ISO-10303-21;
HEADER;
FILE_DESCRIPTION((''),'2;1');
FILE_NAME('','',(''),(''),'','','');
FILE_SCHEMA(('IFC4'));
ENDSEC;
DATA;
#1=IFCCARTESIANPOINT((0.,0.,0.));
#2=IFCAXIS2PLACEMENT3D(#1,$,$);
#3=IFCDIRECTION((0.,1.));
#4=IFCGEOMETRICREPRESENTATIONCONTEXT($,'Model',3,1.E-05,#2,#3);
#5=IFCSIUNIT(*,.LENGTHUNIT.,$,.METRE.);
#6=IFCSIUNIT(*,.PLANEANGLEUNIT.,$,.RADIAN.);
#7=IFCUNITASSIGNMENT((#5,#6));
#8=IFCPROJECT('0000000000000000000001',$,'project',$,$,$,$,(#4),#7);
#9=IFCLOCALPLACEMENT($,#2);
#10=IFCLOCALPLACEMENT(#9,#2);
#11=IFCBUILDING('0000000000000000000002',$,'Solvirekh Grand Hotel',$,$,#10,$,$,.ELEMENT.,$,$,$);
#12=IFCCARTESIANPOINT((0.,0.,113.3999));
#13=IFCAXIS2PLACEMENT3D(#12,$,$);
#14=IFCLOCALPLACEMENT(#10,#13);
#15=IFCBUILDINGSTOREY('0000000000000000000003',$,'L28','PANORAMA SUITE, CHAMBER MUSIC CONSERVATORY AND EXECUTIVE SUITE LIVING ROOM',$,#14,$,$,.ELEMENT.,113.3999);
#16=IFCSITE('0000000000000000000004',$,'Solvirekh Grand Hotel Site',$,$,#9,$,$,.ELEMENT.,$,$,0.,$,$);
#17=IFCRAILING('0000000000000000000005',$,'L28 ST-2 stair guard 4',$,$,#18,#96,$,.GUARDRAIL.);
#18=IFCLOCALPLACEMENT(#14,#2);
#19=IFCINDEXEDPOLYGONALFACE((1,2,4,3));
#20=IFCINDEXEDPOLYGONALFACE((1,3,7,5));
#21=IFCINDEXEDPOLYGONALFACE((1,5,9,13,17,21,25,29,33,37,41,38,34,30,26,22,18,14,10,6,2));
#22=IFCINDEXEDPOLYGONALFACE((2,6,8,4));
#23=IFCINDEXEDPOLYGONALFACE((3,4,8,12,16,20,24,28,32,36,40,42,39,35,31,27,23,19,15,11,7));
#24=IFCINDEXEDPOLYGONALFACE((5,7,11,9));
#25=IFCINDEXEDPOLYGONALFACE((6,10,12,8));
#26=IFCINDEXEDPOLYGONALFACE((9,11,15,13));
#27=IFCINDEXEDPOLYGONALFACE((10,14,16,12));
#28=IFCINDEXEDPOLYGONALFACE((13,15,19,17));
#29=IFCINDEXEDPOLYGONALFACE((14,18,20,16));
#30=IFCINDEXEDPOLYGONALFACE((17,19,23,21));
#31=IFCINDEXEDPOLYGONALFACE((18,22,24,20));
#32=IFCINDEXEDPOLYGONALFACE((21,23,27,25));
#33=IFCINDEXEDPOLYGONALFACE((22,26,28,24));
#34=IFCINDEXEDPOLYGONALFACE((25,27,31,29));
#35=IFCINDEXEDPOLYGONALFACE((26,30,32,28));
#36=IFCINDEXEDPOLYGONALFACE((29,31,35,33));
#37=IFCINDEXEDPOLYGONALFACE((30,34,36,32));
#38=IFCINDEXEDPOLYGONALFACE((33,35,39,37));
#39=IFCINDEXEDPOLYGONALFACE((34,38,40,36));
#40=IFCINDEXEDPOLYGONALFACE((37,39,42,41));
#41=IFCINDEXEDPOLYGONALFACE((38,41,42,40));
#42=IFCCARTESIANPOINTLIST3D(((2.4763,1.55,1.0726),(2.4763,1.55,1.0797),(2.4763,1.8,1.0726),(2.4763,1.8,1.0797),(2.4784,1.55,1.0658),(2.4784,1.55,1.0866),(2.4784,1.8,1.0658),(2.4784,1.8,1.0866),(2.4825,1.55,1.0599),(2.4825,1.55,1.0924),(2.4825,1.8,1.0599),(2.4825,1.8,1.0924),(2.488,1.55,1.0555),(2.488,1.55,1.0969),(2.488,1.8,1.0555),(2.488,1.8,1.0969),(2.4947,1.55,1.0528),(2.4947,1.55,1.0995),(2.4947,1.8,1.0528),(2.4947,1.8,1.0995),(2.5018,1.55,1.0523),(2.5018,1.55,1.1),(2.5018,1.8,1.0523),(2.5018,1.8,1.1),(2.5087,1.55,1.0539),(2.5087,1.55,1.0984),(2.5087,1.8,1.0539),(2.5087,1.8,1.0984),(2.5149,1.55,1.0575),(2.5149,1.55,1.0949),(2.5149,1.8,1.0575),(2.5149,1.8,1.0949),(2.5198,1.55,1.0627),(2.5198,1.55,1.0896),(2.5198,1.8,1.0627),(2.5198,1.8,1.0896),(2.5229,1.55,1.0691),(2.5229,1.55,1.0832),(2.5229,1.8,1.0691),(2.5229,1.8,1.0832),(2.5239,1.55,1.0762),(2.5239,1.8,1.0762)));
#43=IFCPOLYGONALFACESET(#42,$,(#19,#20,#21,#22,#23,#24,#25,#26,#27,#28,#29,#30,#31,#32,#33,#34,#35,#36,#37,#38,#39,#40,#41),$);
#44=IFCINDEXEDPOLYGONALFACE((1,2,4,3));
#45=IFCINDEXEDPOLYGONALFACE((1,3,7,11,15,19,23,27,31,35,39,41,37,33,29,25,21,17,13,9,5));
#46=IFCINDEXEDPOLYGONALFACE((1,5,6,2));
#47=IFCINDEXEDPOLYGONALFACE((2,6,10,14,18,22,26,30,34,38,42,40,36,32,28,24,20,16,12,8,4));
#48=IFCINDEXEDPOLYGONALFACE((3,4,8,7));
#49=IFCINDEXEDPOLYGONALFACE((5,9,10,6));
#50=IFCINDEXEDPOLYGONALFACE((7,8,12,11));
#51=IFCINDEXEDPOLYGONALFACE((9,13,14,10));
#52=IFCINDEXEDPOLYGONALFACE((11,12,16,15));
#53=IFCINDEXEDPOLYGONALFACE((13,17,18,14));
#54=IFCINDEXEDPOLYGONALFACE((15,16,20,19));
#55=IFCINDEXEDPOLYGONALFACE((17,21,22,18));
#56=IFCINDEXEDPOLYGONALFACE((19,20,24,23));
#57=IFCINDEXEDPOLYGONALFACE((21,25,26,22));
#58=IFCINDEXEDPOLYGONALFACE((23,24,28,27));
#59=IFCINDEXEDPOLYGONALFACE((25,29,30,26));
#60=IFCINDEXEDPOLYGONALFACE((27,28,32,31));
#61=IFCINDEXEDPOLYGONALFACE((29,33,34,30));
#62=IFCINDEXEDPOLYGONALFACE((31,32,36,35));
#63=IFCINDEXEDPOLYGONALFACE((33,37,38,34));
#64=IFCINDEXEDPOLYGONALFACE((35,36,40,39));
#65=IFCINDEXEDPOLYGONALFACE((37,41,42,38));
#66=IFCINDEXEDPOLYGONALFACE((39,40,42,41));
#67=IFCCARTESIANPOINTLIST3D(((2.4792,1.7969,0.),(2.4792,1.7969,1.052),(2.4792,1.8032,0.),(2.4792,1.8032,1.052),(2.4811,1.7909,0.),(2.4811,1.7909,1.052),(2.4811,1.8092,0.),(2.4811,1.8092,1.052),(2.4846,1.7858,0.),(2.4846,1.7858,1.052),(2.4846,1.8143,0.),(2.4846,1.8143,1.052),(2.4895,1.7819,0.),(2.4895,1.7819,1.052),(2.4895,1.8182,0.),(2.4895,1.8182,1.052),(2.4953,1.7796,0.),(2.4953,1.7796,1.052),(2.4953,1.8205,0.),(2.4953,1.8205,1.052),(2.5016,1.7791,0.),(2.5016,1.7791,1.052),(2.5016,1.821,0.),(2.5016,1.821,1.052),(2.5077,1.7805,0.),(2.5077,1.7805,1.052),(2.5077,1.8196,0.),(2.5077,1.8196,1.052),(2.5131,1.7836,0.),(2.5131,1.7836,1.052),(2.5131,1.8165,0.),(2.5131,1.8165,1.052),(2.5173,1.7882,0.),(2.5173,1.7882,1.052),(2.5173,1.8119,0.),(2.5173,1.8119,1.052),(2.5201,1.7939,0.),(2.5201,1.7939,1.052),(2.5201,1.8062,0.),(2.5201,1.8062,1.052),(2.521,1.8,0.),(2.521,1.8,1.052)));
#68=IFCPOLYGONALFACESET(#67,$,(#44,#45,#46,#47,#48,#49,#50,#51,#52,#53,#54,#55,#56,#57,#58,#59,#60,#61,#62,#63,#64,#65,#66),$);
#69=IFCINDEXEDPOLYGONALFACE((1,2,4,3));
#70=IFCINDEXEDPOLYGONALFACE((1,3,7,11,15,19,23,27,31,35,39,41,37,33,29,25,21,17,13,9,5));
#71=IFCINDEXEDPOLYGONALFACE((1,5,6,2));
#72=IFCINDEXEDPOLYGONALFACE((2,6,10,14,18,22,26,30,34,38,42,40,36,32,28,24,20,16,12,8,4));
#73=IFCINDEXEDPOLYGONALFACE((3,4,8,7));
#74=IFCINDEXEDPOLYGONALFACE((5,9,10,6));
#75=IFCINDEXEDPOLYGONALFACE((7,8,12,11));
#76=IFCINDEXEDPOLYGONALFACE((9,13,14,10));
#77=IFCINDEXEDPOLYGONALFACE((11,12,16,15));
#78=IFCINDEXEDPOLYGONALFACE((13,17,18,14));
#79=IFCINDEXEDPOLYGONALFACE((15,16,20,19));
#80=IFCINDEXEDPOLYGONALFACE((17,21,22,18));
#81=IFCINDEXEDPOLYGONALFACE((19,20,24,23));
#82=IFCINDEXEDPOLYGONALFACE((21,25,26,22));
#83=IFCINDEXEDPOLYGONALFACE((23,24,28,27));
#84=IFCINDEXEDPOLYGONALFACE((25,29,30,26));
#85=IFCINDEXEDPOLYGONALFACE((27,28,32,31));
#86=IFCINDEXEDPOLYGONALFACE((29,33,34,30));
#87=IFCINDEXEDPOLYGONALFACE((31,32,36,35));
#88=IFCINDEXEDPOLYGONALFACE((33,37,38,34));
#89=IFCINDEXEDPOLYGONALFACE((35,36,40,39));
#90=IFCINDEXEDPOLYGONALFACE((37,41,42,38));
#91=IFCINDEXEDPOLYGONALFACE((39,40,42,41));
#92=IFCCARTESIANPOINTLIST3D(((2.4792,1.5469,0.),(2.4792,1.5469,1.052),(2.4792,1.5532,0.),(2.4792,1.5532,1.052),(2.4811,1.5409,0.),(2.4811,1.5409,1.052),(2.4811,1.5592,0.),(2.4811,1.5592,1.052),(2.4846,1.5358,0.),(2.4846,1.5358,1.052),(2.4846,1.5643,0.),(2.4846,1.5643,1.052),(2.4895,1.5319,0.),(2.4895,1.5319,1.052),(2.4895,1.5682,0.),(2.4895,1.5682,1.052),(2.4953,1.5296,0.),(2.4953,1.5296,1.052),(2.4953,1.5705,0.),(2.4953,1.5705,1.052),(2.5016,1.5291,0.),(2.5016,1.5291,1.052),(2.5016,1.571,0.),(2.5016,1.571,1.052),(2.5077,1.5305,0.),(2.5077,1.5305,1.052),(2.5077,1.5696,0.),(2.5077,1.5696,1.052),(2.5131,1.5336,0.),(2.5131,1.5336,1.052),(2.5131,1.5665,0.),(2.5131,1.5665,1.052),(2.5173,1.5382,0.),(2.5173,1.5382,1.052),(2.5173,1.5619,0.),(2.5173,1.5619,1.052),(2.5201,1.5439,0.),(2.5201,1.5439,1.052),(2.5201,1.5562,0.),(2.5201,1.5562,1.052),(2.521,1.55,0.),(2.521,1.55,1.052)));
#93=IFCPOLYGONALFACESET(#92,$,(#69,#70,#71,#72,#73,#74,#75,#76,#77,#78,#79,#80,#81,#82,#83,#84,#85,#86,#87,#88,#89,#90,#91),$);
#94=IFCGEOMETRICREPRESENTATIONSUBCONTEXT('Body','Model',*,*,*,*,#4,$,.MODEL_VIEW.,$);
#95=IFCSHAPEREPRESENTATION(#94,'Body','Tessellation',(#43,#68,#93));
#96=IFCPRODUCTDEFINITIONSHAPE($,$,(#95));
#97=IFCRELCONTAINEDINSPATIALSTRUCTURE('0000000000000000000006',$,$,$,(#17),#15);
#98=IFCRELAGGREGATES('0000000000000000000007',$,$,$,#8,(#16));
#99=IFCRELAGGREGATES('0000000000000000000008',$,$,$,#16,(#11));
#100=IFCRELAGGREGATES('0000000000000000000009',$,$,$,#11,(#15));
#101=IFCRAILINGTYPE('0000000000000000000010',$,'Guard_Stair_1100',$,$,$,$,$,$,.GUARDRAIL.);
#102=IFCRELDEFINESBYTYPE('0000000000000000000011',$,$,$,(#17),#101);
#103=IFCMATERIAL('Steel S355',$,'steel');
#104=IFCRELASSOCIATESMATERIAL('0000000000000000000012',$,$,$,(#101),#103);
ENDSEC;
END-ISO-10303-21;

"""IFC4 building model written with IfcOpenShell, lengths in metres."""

from ifc_helpers import new_model, si_unit, direction, frame, origin, origin_2d, place, context, subcontext, project, spatial, circle, extrude, material, type_object, element, save


model = new_model("IFC4")

# Units and contexts
model_context = context("Model", 3, precision=1e-05, world=origin(), true_north=direction((0.0, 1.0)))
body_context = subcontext(model_context, "Body", "Model", "MODEL_VIEW")
ifc_project = project(units=[si_unit("LENGTHUNIT", "METRE"), si_unit("PLANEANGLEUNIT", "RADIAN")], contexts=[model_context])

# Site, building, storey
site_placement = place(None, origin())
site = spatial("IfcSite", under=ifc_project, at=site_placement, Name="Solvirekh Grand Hotel Site", CompositionType="ELEMENT", RefElevation=0.0)
building_placement = place(site_placement, origin())
building = spatial("IfcBuilding", under=site, at=building_placement, Name="Solvirekh Grand Hotel", CompositionType="ELEMENT")
storey_placement = place(building_placement, frame((0.0, 0.0, 113.3999)))
storey = spatial("IfcBuildingStorey", under=building, at=storey_placement, Name="L28", Description="PANORAMA SUITE, CHAMBER MUSIC CONSERVATORY AND EXECUTIVE SUITE LIVING ROOM", CompositionType="ELEMENT", Elevation=113.3999)

# Shared definitions
ifc_material_1 = material(Name="Steel S355", Category="steel")

# Railing
railing_type_1 = type_object("IfcRailingType", Name="Guard_Stair_1100", PredefinedType="GUARDRAIL", material=ifc_material_1)
railing_1_placement = place(storey_placement, frame((2.5, 1.8, 0.0)))
element("IfcRailing", 1, at=railing_1_placement, inside=storey, type_object=railing_type_1, Name="L28 ST-2 stair guard 4", PredefinedType="GUARDRAIL", context=body_context, shape_type="SweptSolid", body=[
    extrude(circle(Radius=0.0239, at=origin_2d()), frame((0.0, 0.0, 1.0762), z_axis=(0.0, -1.0, 0.0), x_axis=(1.0, 0.0, 0.0)), (0.0, 0.0, 1.0), 0.25),
    extrude(circle(Radius=0.021, at=origin_2d()), origin(), (0.0, 0.0, 1.0), 1.052),
    extrude(circle(Radius=0.021, at=origin_2d()), frame((0.0, -0.25, 0.0)), (0.0, 0.0, 1.0), 1.052),
])

save(model, "model.ifc")
